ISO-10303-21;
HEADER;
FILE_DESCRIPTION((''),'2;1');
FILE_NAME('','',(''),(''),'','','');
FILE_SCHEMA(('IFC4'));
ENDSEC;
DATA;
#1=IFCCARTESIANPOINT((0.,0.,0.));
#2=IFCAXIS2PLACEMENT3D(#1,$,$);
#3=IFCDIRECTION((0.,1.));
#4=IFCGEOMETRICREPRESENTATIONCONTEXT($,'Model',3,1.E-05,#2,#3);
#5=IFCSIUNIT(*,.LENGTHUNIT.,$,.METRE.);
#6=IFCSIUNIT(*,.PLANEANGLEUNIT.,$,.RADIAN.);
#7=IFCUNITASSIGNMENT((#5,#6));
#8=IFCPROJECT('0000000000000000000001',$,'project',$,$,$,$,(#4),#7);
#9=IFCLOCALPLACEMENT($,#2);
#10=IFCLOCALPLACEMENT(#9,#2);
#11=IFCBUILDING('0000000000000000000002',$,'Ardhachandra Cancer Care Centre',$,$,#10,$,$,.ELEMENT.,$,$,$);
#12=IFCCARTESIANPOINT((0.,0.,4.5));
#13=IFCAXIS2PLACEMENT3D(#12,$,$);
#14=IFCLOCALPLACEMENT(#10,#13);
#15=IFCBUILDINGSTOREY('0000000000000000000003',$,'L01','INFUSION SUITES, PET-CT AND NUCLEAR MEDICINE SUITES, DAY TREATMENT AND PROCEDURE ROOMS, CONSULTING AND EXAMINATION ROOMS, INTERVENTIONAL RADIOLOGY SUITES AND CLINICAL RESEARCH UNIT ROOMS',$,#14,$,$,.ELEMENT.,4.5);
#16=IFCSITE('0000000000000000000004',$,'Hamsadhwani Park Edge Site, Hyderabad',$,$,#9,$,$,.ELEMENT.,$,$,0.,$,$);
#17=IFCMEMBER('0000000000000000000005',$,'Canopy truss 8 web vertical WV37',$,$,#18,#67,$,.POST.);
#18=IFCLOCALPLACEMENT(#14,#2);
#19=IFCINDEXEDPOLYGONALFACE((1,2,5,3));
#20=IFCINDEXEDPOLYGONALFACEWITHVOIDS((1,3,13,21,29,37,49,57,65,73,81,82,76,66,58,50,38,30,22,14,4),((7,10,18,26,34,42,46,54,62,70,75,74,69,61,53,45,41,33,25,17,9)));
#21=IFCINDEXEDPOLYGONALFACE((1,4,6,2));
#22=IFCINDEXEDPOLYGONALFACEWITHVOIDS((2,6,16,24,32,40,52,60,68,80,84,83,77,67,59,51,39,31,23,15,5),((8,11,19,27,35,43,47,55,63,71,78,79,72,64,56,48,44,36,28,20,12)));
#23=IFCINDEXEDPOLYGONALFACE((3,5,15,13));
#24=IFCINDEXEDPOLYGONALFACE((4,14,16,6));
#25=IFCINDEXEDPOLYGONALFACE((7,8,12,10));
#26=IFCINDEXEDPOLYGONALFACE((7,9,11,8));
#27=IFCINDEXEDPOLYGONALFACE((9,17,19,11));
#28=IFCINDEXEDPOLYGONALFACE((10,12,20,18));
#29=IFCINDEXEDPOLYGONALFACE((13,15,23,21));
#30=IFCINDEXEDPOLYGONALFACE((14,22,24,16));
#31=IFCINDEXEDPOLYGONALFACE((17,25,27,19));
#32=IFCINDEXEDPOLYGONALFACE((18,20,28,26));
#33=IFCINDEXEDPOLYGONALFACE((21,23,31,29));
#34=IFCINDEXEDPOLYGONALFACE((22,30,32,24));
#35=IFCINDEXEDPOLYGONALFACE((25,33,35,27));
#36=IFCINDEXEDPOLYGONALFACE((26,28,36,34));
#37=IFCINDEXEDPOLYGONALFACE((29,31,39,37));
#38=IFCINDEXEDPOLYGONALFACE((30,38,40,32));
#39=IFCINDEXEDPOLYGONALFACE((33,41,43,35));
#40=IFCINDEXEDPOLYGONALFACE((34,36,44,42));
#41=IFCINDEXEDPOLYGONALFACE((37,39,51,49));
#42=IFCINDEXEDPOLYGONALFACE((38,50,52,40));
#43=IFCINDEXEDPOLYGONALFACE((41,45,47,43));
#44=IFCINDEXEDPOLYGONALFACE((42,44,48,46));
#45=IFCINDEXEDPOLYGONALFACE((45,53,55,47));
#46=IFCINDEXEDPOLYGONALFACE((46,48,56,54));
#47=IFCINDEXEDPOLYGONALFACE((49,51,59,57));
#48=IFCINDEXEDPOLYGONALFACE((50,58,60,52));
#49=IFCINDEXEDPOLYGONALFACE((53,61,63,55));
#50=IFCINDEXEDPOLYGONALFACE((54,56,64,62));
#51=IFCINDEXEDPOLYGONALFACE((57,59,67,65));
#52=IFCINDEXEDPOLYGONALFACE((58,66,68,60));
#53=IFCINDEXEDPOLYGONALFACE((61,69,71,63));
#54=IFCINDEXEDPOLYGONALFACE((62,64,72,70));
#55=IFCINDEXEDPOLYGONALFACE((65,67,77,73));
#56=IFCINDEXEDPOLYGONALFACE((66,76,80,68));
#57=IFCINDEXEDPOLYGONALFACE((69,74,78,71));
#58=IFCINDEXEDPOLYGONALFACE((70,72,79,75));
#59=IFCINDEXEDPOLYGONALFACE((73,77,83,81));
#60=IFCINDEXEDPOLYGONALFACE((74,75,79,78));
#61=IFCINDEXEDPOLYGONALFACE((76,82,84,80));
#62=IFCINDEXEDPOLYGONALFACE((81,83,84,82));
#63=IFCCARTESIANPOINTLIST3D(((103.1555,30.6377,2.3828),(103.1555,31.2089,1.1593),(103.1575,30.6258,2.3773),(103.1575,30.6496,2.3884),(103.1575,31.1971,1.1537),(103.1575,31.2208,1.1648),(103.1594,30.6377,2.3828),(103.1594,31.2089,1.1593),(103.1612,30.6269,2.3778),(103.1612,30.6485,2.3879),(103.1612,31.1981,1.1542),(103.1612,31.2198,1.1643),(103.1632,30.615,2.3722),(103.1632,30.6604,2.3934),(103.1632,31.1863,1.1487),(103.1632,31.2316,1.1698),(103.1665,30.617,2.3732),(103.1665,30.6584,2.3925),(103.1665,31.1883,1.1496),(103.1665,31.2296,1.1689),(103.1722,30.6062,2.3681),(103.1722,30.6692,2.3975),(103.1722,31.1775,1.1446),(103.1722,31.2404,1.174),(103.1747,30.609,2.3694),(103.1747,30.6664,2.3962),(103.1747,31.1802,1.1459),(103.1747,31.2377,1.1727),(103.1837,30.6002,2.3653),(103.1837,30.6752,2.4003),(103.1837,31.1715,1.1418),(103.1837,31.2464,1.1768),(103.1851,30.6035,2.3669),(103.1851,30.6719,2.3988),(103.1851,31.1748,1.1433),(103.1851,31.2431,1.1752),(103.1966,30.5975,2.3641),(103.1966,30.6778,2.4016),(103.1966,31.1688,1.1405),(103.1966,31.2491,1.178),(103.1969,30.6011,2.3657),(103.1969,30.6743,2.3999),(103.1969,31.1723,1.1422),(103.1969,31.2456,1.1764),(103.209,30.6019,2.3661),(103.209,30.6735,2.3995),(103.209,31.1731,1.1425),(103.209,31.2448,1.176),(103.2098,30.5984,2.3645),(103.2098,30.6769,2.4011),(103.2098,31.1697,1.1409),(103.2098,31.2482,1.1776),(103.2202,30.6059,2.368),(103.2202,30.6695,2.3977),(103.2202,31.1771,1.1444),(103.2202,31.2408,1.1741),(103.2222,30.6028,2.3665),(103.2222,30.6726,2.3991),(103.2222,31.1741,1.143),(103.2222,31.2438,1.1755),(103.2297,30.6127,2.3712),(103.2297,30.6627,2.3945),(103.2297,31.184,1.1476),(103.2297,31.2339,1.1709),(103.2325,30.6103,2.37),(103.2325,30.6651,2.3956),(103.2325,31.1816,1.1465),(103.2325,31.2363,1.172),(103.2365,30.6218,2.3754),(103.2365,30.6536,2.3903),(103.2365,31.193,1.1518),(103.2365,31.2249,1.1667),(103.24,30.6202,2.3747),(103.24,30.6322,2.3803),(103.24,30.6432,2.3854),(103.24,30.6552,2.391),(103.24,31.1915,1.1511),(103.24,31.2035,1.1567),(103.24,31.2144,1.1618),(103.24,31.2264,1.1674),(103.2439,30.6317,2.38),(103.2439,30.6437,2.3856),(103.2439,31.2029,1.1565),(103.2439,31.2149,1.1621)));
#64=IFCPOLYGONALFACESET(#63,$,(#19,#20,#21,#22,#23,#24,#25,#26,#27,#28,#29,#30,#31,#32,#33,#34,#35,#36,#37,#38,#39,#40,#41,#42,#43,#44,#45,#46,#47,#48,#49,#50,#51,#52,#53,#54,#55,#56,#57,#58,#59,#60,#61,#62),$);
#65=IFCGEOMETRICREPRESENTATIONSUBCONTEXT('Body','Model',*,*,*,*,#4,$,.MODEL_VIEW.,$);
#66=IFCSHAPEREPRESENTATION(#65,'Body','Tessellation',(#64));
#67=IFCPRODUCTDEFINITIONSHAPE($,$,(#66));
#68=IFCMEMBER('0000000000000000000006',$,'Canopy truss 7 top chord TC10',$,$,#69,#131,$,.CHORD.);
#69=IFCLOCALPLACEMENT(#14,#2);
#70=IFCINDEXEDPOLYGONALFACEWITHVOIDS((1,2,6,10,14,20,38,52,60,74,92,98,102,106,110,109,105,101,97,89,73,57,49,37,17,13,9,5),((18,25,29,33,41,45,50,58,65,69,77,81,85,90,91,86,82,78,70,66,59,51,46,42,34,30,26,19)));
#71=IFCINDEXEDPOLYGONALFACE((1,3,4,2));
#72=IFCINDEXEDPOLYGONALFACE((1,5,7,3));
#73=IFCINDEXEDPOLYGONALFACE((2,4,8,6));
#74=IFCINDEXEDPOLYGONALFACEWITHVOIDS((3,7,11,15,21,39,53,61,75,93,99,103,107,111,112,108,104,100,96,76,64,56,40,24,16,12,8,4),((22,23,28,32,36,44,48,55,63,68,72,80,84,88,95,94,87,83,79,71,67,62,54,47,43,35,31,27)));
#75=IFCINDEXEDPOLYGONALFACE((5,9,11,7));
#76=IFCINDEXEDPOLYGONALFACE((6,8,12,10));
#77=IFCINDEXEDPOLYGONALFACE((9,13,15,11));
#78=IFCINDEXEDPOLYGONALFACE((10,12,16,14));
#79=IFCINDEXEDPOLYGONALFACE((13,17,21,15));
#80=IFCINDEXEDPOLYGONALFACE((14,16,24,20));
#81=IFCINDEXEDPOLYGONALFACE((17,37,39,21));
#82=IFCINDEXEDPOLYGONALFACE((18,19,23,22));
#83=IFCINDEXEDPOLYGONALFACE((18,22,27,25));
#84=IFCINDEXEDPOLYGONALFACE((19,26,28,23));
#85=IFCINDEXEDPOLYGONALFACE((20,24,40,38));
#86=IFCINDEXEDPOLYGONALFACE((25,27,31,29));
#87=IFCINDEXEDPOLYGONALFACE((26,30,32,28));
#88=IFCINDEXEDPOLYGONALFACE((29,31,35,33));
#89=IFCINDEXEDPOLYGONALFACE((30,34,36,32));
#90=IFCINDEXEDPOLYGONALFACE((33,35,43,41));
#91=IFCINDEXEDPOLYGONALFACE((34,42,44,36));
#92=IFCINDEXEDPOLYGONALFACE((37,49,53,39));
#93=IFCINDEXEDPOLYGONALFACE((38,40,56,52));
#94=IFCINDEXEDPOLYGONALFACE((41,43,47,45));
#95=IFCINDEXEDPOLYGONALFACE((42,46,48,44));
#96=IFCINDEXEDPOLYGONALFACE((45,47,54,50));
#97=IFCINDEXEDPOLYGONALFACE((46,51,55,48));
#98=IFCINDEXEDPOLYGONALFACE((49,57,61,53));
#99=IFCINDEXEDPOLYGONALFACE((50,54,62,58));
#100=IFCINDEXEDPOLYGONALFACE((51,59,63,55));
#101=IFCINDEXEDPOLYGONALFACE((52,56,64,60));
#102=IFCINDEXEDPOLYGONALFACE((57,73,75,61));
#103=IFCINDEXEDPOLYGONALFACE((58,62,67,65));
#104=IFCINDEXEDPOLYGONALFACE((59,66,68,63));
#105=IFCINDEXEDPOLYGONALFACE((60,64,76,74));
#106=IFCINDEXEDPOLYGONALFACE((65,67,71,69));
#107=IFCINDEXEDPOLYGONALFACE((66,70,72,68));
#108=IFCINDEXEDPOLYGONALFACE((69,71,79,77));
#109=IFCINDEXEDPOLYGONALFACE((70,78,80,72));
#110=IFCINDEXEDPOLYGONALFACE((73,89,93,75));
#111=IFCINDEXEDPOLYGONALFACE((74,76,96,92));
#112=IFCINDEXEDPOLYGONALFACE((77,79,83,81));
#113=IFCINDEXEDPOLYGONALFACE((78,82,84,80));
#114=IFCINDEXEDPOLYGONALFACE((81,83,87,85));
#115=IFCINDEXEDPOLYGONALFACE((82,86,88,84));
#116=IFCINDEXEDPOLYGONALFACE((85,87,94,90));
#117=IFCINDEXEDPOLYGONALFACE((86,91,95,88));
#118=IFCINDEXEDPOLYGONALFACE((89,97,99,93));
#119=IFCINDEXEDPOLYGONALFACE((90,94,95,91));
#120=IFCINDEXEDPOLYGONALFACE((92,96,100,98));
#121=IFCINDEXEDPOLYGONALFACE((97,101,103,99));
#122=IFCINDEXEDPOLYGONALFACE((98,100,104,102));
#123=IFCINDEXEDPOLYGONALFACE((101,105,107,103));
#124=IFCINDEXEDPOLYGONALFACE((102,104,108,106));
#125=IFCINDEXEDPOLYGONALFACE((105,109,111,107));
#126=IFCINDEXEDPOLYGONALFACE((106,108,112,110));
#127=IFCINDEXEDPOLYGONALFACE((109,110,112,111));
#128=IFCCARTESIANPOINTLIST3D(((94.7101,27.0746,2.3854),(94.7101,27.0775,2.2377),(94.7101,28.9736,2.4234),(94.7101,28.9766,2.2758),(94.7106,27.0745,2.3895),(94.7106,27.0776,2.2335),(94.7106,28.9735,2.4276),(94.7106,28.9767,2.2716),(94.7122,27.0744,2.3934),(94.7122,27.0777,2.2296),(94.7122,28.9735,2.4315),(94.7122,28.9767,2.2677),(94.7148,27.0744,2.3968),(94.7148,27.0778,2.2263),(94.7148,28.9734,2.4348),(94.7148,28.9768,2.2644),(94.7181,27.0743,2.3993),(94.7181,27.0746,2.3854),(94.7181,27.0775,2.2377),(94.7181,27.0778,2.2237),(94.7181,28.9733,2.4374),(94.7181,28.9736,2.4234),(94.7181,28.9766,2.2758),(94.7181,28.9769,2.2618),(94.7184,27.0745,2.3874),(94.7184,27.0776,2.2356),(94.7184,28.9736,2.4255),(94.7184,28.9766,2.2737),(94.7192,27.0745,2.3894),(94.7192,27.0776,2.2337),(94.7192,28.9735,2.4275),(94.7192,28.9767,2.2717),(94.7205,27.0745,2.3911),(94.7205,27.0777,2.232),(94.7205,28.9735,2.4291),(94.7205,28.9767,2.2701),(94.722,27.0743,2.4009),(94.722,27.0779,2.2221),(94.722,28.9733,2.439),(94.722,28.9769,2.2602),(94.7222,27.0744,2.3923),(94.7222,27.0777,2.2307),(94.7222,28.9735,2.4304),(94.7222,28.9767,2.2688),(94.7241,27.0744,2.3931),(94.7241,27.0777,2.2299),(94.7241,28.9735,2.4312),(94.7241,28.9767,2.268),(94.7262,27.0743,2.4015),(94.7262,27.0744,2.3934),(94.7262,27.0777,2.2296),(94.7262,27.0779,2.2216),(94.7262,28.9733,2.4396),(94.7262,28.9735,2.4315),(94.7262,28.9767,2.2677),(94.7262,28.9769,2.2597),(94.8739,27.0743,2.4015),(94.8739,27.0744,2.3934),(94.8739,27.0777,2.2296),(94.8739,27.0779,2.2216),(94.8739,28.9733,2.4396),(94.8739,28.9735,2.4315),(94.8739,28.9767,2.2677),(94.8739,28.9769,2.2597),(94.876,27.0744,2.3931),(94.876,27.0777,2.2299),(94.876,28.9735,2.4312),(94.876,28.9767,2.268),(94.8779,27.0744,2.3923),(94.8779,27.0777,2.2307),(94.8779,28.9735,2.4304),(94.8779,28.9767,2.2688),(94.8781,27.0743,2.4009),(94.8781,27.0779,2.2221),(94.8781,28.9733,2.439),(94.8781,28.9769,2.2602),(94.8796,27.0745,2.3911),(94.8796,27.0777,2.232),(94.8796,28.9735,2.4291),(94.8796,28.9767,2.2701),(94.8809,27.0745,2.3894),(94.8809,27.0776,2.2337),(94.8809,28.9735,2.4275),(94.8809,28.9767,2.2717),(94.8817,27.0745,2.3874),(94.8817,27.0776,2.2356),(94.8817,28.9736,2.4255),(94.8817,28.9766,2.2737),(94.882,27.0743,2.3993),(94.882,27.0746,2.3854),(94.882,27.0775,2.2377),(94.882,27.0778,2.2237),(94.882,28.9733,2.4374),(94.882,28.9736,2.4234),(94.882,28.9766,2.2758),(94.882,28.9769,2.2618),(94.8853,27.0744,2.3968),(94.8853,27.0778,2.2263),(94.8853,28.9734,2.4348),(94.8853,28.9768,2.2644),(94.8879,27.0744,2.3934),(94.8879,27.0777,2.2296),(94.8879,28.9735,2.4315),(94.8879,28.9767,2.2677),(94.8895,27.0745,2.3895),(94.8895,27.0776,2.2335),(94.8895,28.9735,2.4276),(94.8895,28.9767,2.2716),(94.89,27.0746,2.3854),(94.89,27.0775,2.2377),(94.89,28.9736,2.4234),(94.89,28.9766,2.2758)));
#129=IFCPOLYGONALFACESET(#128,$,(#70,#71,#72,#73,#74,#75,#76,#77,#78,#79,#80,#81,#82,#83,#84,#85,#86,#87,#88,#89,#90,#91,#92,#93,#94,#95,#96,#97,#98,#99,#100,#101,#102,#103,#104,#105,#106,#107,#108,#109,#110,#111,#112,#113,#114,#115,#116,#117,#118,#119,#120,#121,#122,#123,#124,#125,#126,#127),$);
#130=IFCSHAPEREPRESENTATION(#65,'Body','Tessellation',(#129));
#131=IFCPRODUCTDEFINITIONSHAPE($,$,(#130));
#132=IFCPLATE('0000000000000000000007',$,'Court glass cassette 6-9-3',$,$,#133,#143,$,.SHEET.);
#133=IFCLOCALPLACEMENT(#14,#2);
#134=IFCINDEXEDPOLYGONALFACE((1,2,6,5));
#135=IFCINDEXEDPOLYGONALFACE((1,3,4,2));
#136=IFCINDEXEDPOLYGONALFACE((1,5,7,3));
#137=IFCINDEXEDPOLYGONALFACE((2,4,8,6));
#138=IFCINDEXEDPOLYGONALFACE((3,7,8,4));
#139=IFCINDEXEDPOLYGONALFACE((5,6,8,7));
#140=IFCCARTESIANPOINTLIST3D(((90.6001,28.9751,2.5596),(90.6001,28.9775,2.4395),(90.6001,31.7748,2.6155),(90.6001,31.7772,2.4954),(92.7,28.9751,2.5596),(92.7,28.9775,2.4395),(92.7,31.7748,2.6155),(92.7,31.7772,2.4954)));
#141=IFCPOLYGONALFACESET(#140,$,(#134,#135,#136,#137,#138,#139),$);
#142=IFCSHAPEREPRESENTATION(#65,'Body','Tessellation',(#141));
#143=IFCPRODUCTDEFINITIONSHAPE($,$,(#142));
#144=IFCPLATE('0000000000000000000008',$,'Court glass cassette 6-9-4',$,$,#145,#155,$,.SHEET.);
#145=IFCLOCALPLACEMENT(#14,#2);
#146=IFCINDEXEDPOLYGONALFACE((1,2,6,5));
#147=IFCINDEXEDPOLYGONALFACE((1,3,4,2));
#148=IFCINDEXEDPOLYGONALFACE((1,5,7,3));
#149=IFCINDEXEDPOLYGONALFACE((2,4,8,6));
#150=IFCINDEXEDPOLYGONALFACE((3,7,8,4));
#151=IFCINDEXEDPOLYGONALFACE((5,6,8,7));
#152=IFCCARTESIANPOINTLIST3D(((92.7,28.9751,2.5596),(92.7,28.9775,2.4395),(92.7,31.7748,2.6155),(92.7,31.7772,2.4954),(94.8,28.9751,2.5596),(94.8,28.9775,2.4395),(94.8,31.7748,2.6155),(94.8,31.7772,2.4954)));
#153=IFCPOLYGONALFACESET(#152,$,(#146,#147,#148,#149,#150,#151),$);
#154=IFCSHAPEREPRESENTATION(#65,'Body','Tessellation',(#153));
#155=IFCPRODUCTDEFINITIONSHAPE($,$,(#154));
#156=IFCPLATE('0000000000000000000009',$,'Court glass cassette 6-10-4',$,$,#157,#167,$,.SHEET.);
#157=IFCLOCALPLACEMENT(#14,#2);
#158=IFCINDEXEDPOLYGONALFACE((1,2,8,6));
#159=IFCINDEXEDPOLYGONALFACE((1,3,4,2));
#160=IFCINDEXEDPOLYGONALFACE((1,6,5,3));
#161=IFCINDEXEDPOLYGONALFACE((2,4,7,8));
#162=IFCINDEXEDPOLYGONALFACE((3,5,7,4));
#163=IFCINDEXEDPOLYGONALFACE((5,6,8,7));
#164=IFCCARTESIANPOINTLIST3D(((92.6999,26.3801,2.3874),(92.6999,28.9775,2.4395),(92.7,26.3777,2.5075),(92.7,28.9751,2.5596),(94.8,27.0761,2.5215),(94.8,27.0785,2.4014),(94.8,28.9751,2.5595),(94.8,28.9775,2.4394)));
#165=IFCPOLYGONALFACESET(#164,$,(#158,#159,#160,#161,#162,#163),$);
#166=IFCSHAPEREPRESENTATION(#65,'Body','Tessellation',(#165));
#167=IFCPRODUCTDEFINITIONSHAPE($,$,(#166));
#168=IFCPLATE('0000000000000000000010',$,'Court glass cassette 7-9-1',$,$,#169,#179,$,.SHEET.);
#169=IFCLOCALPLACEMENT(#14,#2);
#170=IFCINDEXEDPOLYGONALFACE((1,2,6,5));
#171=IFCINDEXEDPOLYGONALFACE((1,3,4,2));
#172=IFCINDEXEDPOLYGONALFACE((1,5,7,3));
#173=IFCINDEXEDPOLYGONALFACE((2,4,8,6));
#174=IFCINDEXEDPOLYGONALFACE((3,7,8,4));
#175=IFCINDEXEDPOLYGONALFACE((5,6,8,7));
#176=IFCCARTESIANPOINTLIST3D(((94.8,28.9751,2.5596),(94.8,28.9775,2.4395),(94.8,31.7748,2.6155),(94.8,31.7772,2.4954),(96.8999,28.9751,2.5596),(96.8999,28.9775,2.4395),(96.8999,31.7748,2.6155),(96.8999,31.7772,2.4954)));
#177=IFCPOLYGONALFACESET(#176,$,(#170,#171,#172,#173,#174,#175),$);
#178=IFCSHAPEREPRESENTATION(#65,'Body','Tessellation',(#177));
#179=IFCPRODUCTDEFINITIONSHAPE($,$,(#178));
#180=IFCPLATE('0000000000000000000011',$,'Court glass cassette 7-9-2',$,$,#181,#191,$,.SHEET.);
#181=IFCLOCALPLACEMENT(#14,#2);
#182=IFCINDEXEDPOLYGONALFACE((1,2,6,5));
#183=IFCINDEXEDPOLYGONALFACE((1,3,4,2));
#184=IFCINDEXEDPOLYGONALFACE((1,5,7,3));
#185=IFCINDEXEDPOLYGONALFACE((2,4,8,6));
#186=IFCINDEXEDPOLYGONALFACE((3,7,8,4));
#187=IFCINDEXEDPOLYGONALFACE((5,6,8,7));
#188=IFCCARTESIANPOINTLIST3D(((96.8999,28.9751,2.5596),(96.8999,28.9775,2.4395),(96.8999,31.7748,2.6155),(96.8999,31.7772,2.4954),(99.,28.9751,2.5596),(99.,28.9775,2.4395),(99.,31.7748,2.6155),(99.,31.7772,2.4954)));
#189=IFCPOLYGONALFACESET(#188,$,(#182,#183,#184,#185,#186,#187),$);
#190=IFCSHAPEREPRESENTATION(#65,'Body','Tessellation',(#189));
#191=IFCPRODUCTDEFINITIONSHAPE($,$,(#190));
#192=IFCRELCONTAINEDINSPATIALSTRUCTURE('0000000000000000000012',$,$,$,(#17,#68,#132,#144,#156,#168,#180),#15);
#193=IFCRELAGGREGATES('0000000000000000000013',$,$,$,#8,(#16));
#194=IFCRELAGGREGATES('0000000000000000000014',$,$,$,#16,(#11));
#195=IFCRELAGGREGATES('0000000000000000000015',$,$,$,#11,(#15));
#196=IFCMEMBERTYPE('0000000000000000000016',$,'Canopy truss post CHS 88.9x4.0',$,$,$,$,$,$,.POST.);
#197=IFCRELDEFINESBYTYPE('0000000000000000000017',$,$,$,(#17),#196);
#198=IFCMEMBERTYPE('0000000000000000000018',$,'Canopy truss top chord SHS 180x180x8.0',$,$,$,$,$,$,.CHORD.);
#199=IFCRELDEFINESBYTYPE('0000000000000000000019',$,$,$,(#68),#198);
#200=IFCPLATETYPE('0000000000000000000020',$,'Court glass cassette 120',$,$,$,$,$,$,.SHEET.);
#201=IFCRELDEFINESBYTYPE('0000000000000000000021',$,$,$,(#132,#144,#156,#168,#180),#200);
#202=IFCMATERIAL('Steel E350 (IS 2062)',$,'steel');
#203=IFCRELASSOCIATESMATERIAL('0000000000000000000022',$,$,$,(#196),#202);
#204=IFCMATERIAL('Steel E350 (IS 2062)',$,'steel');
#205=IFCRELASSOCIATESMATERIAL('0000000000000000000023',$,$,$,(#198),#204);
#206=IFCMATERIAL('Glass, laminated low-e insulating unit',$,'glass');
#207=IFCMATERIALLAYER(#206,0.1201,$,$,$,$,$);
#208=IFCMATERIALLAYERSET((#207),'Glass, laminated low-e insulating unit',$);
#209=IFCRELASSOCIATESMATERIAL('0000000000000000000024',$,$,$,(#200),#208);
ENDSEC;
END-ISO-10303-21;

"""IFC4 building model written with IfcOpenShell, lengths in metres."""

from ifc_helpers import new_model, si_unit, direction, frame, origin, origin_2d, place, context, subcontext, project, spatial, polyline, hollow_rectangle, hollow_circle, outline, extrude, material, layer, layer_set, material_profile, profile_set, type_object, element, save


model = new_model("IFC4")

# Units and contexts
model_context = context("Model", 3, precision=1e-05, world=origin(), true_north=direction((0.0, 1.0)))
body_context = subcontext(model_context, "Body", "Model", "MODEL_VIEW")
ifc_project = project(units=[si_unit("LENGTHUNIT", "METRE"), si_unit("PLANEANGLEUNIT", "RADIAN")], contexts=[model_context])

# Site, building, storey
site_placement = place(None, origin())
site = spatial("IfcSite", under=ifc_project, at=site_placement, Name="Hamsadhwani Park Edge Site, Hyderabad", CompositionType="ELEMENT", RefElevation=0.0)
building_placement = place(site_placement, origin())
building = spatial("IfcBuilding", under=site, at=building_placement, Name="Ardhachandra Cancer Care Centre", CompositionType="ELEMENT")
storey_placement = place(building_placement, frame((0.0, 0.0, 4.5)))
storey = spatial("IfcBuildingStorey", under=building, at=storey_placement, Name="L01", Description="INFUSION SUITES, PET-CT AND NUCLEAR MEDICINE SUITES, DAY TREATMENT AND PROCEDURE ROOMS, CONSULTING AND EXAMINATION ROOMS, INTERVENTIONAL RADIOLOGY SUITES AND CLINICAL RESEARCH UNIT ROOMS", CompositionType="ELEMENT", Elevation=4.5)

# Members
ifc_material_1 = material(Name="Steel E350 (IS 2062)", Category="steel")
ifc_material_profile_1 = material_profile(ifc_material_1, hollow_circle(Radius=0.0444, WallThickness=0.0039, at=origin_2d()), Name="CHS 88.9x4.0")
ifc_profile_set_1 = profile_set([ifc_material_profile_1], Name="Steel E350 (IS 2062)")
member_type_1 = type_object("IfcMemberType", Name="Canopy truss post CHS 88.9x4.0", PredefinedType="POST", material=ifc_profile_set_1)
member_1_placement = place(storey_placement, frame((103.2, 30.6377, 2.3828), z_axis=(0.0, 0.423044, -0.906109), x_axis=(-1.0, 0.0, 0.0)))
element("IfcMember", 1, at=member_1_placement, inside=storey, type_object=member_type_1, Name="Canopy truss 8 web vertical WV37", PredefinedType="POST", context=body_context, shape_type="SweptSolid", body=[
    extrude(hollow_circle(Radius=0.0444, WallThickness=0.0039, at=origin_2d()), origin(), (0.0, 0.0, 1.0), 1.3503),
])
ifc_material_2 = material(Name="Steel E350 (IS 2062)", Category="steel")
ifc_material_profile_2 = material_profile(ifc_material_2, hollow_rectangle(XDim=0.1799, YDim=0.1799, WallThickness=0.0081, InnerFilletRadius=0.0081, OuterFilletRadius=0.0161, at=origin_2d()), Name="SHS 180x180x8.0")
ifc_profile_set_2 = profile_set([ifc_material_profile_2], Name="Steel E350 (IS 2062)")
member_type_2 = type_object("IfcMemberType", Name="Canopy truss top chord SHS 180x180x8.0", PredefinedType="CHORD", material=ifc_profile_set_2)
member_2_placement = place(storey_placement, frame((94.8, 28.9751, 2.3496), z_axis=(0.0, -0.999799, -0.020053), x_axis=(1.0, 0.0, 0.0)))
element("IfcMember", 2, at=member_2_placement, inside=storey, type_object=member_type_2, Name="Canopy truss 7 top chord TC10", PredefinedType="CHORD", context=body_context, shape_type="SweptSolid", body=[
    extrude(hollow_rectangle(XDim=0.1799, YDim=0.1799, WallThickness=0.0081, InnerFilletRadius=0.0081, OuterFilletRadius=0.0161, at=origin_2d()), origin(), (0.0, 0.0, 1.0), 1.8994),
])

# Plates
ifc_material_3 = material(Name="Glass, laminated low-e insulating unit", Category="glass")
ifc_layer = layer(ifc_material_3, 0.1201)
ifc_layer_set = layer_set([ifc_layer], Name="Glass, laminated low-e insulating unit")
plate_type = type_object("IfcPlateType", Name="Court glass cassette 120", PredefinedType="SHEET", material=ifc_layer_set)
plate_1_placement = place(storey_placement, frame((90.6001, 28.9751, 2.5596), z_axis=(0.0, -0.019965, 0.999801), x_axis=(0.0, 0.999801, 0.019965)))
element("IfcPlate", 3, at=plate_1_placement, inside=storey, type_object=plate_type, Name="Court glass cassette 6-9-3", PredefinedType="SHEET", context=body_context, shape_type="SweptSolid", body=[
    extrude(outline(polyline([(0.0, -2.0999), (2.8003, -2.0999), (2.8003, 0.0), (0.0, 0.0), (0.0, -2.0999)])), frame((0.0, 0.0, -0.1201)), (0.0, 0.0, 1.0), 0.1201),
])
plate_2_placement = place(storey_placement, frame((92.7, 28.9751, 2.5596), z_axis=(0.0, -0.019965, 0.999801), x_axis=(0.0, 0.999801, 0.019965)))
element("IfcPlate", 4, at=plate_2_placement, inside=storey, type_object=plate_type, Name="Court glass cassette 6-9-4", PredefinedType="SHEET", context=body_context, shape_type="SweptSolid", body=[
    extrude(outline(polyline([(0.0, -2.1001), (2.8003, -2.1001), (2.8003, 0.0), (0.0, 0.0), (0.0, -2.1001)])), frame((0.0, 0.0, -0.1201)), (0.0, 0.0, 1.0), 0.1201),
])
plate_3_placement = place(storey_placement, frame((92.7, 28.9751, 2.5596), z_axis=(0.000019, -0.020032, 0.999799), x_axis=(1.0, 0.0, -0.000019)))
element("IfcPlate", 5, at=plate_3_placement, inside=storey, type_object=plate_type, Name="Court glass cassette 6-10-4", PredefinedType="SHEET", context=body_context, shape_type="SweptSolid", body=[
    extrude(outline(polyline([(0.0, -2.5979), (2.1001, -1.8994), (2.1001, 0.0), (0.0, 0.0), (0.0, -2.5979)])), frame((0.0, 0.0, -0.1201)), (0.0, 0.0, 1.0), 0.1201),
])
plate_4_placement = place(storey_placement, frame((94.8, 28.9751, 2.5596), z_axis=(0.0, -0.019965, 0.999801), x_axis=(0.0, 0.999801, 0.019965)))
element("IfcPlate", 6, at=plate_4_placement, inside=storey, type_object=plate_type, Name="Court glass cassette 7-9-1", PredefinedType="SHEET", context=body_context, shape_type="SweptSolid", body=[
    extrude(outline(polyline([(0.0, -2.0999), (2.8003, -2.0999), (2.8003, 0.0), (0.0, 0.0), (0.0, -2.0999)])), frame((0.0, 0.0, -0.1201)), (0.0, 0.0, 1.0), 0.1201),
])
plate_5_placement = place(storey_placement, frame((96.8999, 28.9751, 2.5596), z_axis=(0.0, -0.019965, 0.999801), x_axis=(0.0, 0.999801, 0.019965)))
element("IfcPlate", 7, at=plate_5_placement, inside=storey, type_object=plate_type, Name="Court glass cassette 7-9-2", PredefinedType="SHEET", context=body_context, shape_type="SweptSolid", body=[
    extrude(outline(polyline([(0.0, -2.1001), (2.8003, -2.1001), (2.8003, 0.0), (0.0, 0.0), (0.0, -2.1001)])), frame((0.0, 0.0, -0.1201)), (0.0, 0.0, 1.0), 0.1201),
])

save(model, "model.ifc")
